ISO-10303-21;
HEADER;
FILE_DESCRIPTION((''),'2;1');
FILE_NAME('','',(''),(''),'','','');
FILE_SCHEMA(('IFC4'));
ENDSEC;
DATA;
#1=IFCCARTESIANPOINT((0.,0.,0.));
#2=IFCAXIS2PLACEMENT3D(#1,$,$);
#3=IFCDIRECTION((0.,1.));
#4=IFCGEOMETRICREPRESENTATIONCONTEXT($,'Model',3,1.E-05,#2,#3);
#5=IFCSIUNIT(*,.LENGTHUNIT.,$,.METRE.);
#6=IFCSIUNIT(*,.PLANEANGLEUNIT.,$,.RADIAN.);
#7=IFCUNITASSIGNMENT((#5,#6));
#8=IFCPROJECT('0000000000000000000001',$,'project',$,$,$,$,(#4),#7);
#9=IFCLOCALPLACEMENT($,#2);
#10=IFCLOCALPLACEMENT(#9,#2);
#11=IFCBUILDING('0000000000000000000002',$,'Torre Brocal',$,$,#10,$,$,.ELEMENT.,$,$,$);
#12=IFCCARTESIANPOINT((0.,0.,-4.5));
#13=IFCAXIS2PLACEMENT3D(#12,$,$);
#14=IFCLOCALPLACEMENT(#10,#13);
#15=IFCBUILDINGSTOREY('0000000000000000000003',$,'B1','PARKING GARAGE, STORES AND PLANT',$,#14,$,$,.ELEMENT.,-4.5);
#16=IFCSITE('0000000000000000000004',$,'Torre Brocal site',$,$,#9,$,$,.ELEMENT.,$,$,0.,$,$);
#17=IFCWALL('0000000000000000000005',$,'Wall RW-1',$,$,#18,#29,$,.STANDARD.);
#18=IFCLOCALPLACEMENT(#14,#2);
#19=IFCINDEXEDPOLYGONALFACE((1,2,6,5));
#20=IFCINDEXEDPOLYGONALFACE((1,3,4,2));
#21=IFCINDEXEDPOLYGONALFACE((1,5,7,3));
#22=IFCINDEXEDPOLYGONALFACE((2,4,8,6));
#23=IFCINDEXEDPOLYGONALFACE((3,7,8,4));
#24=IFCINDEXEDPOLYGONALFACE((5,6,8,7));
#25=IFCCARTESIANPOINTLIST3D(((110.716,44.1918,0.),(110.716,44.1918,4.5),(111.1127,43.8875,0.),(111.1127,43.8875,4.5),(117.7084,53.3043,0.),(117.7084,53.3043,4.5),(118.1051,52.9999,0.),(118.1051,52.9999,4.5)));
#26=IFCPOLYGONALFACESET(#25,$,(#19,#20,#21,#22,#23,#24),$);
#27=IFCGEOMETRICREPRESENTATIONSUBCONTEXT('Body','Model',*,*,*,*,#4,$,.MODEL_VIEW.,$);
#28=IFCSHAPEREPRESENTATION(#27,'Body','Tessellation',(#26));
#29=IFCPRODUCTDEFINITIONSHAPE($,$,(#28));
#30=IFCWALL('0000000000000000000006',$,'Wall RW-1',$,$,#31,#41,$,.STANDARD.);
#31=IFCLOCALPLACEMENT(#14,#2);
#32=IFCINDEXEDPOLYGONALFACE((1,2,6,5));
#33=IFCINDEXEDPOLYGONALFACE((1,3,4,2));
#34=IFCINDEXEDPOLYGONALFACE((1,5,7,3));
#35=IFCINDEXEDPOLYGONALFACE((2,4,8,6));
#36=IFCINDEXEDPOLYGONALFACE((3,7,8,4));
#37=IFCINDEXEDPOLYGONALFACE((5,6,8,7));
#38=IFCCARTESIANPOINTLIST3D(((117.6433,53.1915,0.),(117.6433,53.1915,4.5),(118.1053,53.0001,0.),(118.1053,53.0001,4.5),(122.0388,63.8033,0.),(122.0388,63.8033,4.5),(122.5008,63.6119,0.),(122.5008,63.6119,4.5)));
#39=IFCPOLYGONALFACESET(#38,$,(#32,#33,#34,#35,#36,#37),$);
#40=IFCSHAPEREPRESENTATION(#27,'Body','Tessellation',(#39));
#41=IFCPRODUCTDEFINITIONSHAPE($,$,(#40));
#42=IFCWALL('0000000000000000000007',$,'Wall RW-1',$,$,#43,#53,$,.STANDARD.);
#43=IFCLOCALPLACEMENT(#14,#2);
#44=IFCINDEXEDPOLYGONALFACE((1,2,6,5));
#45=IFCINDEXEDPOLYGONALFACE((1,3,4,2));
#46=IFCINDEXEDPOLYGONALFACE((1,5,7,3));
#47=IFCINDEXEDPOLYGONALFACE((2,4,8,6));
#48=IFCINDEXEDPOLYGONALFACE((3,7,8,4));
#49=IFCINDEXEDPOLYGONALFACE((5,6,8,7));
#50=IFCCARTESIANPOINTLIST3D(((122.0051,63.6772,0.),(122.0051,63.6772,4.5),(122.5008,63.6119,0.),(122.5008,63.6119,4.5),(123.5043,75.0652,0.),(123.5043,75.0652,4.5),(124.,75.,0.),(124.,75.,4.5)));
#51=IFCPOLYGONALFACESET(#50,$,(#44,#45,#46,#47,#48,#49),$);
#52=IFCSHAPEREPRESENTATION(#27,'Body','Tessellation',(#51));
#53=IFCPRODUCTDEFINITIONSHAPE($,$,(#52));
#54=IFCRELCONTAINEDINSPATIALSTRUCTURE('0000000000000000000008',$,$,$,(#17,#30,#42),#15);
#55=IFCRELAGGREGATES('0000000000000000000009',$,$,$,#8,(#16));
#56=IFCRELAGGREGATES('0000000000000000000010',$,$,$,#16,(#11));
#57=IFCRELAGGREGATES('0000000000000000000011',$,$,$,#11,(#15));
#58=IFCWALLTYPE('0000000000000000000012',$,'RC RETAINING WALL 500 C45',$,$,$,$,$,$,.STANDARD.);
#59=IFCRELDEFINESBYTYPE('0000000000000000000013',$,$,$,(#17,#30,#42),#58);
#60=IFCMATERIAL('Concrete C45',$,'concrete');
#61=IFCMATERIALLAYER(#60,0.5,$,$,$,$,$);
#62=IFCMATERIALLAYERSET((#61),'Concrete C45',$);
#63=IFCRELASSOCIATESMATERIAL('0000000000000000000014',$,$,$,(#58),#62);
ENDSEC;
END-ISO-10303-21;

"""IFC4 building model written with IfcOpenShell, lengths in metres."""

from ifc_helpers import new_model, si_unit, direction, frame, frame_2d, origin, place, context, subcontext, project, spatial, rectangle, extrude, material, layer, layer_set, type_object, element, save


model = new_model("IFC4")

# Units and contexts
model_context = context("Model", 3, precision=1e-05, world=origin(), true_north=direction((0.0, 1.0)))
body_context = subcontext(model_context, "Body", "Model", "MODEL_VIEW")
ifc_project = project(units=[si_unit("LENGTHUNIT", "METRE"), si_unit("PLANEANGLEUNIT", "RADIAN")], contexts=[model_context])

# Site, building, storey
site_placement = place(None, origin())
site = spatial("IfcSite", under=ifc_project, at=site_placement, Name="Torre Brocal site", CompositionType="ELEMENT", RefElevation=0.0)
building_placement = place(site_placement, origin())
building = spatial("IfcBuilding", under=site, at=building_placement, Name="Torre Brocal", CompositionType="ELEMENT")
storey_placement = place(building_placement, frame((0.0, 0.0, -4.5)))
storey = spatial("IfcBuildingStorey", under=building, at=storey_placement, Name="B1", Description="PARKING GARAGE, STORES AND PLANT", CompositionType="ELEMENT", Elevation=-4.5)

# Walls
ifc_material_1 = material(Name="Concrete C45", Category="concrete")
ifc_layer_1 = layer(ifc_material_1, 0.5)
ifc_layer_set_1 = layer_set([ifc_layer_1], Name="Concrete C45")
wall_type_1 = type_object("IfcWallType", Name="RC RETAINING WALL 500 C45", PredefinedType="STANDARD", material=ifc_layer_set_1)
for number, where, z_axis, x_axis, name in (
    (1, (110.9143, 44.0396, 0.0), (0.0, 0.0, 1.0), (0.608768, 0.793348, 0.0), "Wall RW-1"),
    (2, (117.8743, 53.0957, 0.0), (0.0, 0.0, 1.0), (0.38268, 0.923881, 0.0), "Wall RW-1"),
):
    element("IfcWall", number, at=place(storey_placement, frame(where, z_axis=z_axis, x_axis=x_axis)), inside=storey, type_object=wall_type_1, Name=name, PredefinedType="STANDARD", context=body_context, shape_type="SweptSolid", body=[
        extrude(rectangle(XDim=11.4861, YDim=0.5, at=frame_2d((5.7432, 0.0))), origin(), (0.0, 0.0, 1.0), 4.5),
    ])
wall_1_placement = place(storey_placement, frame((122.2529, 63.6445, 0.0), z_axis=(0.0, 0.0, 1.0), x_axis=(0.130525, 0.991445, 0.0)))
element("IfcWall", 3, at=wall_1_placement, inside=storey, type_object=wall_type_1, Name="Wall RW-1", PredefinedType="STANDARD", context=body_context, shape_type="SweptSolid", body=[
    extrude(rectangle(XDim=11.4863, YDim=0.5, at=frame_2d((5.7432, 0.0))), origin(), (0.0, 0.0, 1.0), 4.5),
])

save(model, "model.ifc")
